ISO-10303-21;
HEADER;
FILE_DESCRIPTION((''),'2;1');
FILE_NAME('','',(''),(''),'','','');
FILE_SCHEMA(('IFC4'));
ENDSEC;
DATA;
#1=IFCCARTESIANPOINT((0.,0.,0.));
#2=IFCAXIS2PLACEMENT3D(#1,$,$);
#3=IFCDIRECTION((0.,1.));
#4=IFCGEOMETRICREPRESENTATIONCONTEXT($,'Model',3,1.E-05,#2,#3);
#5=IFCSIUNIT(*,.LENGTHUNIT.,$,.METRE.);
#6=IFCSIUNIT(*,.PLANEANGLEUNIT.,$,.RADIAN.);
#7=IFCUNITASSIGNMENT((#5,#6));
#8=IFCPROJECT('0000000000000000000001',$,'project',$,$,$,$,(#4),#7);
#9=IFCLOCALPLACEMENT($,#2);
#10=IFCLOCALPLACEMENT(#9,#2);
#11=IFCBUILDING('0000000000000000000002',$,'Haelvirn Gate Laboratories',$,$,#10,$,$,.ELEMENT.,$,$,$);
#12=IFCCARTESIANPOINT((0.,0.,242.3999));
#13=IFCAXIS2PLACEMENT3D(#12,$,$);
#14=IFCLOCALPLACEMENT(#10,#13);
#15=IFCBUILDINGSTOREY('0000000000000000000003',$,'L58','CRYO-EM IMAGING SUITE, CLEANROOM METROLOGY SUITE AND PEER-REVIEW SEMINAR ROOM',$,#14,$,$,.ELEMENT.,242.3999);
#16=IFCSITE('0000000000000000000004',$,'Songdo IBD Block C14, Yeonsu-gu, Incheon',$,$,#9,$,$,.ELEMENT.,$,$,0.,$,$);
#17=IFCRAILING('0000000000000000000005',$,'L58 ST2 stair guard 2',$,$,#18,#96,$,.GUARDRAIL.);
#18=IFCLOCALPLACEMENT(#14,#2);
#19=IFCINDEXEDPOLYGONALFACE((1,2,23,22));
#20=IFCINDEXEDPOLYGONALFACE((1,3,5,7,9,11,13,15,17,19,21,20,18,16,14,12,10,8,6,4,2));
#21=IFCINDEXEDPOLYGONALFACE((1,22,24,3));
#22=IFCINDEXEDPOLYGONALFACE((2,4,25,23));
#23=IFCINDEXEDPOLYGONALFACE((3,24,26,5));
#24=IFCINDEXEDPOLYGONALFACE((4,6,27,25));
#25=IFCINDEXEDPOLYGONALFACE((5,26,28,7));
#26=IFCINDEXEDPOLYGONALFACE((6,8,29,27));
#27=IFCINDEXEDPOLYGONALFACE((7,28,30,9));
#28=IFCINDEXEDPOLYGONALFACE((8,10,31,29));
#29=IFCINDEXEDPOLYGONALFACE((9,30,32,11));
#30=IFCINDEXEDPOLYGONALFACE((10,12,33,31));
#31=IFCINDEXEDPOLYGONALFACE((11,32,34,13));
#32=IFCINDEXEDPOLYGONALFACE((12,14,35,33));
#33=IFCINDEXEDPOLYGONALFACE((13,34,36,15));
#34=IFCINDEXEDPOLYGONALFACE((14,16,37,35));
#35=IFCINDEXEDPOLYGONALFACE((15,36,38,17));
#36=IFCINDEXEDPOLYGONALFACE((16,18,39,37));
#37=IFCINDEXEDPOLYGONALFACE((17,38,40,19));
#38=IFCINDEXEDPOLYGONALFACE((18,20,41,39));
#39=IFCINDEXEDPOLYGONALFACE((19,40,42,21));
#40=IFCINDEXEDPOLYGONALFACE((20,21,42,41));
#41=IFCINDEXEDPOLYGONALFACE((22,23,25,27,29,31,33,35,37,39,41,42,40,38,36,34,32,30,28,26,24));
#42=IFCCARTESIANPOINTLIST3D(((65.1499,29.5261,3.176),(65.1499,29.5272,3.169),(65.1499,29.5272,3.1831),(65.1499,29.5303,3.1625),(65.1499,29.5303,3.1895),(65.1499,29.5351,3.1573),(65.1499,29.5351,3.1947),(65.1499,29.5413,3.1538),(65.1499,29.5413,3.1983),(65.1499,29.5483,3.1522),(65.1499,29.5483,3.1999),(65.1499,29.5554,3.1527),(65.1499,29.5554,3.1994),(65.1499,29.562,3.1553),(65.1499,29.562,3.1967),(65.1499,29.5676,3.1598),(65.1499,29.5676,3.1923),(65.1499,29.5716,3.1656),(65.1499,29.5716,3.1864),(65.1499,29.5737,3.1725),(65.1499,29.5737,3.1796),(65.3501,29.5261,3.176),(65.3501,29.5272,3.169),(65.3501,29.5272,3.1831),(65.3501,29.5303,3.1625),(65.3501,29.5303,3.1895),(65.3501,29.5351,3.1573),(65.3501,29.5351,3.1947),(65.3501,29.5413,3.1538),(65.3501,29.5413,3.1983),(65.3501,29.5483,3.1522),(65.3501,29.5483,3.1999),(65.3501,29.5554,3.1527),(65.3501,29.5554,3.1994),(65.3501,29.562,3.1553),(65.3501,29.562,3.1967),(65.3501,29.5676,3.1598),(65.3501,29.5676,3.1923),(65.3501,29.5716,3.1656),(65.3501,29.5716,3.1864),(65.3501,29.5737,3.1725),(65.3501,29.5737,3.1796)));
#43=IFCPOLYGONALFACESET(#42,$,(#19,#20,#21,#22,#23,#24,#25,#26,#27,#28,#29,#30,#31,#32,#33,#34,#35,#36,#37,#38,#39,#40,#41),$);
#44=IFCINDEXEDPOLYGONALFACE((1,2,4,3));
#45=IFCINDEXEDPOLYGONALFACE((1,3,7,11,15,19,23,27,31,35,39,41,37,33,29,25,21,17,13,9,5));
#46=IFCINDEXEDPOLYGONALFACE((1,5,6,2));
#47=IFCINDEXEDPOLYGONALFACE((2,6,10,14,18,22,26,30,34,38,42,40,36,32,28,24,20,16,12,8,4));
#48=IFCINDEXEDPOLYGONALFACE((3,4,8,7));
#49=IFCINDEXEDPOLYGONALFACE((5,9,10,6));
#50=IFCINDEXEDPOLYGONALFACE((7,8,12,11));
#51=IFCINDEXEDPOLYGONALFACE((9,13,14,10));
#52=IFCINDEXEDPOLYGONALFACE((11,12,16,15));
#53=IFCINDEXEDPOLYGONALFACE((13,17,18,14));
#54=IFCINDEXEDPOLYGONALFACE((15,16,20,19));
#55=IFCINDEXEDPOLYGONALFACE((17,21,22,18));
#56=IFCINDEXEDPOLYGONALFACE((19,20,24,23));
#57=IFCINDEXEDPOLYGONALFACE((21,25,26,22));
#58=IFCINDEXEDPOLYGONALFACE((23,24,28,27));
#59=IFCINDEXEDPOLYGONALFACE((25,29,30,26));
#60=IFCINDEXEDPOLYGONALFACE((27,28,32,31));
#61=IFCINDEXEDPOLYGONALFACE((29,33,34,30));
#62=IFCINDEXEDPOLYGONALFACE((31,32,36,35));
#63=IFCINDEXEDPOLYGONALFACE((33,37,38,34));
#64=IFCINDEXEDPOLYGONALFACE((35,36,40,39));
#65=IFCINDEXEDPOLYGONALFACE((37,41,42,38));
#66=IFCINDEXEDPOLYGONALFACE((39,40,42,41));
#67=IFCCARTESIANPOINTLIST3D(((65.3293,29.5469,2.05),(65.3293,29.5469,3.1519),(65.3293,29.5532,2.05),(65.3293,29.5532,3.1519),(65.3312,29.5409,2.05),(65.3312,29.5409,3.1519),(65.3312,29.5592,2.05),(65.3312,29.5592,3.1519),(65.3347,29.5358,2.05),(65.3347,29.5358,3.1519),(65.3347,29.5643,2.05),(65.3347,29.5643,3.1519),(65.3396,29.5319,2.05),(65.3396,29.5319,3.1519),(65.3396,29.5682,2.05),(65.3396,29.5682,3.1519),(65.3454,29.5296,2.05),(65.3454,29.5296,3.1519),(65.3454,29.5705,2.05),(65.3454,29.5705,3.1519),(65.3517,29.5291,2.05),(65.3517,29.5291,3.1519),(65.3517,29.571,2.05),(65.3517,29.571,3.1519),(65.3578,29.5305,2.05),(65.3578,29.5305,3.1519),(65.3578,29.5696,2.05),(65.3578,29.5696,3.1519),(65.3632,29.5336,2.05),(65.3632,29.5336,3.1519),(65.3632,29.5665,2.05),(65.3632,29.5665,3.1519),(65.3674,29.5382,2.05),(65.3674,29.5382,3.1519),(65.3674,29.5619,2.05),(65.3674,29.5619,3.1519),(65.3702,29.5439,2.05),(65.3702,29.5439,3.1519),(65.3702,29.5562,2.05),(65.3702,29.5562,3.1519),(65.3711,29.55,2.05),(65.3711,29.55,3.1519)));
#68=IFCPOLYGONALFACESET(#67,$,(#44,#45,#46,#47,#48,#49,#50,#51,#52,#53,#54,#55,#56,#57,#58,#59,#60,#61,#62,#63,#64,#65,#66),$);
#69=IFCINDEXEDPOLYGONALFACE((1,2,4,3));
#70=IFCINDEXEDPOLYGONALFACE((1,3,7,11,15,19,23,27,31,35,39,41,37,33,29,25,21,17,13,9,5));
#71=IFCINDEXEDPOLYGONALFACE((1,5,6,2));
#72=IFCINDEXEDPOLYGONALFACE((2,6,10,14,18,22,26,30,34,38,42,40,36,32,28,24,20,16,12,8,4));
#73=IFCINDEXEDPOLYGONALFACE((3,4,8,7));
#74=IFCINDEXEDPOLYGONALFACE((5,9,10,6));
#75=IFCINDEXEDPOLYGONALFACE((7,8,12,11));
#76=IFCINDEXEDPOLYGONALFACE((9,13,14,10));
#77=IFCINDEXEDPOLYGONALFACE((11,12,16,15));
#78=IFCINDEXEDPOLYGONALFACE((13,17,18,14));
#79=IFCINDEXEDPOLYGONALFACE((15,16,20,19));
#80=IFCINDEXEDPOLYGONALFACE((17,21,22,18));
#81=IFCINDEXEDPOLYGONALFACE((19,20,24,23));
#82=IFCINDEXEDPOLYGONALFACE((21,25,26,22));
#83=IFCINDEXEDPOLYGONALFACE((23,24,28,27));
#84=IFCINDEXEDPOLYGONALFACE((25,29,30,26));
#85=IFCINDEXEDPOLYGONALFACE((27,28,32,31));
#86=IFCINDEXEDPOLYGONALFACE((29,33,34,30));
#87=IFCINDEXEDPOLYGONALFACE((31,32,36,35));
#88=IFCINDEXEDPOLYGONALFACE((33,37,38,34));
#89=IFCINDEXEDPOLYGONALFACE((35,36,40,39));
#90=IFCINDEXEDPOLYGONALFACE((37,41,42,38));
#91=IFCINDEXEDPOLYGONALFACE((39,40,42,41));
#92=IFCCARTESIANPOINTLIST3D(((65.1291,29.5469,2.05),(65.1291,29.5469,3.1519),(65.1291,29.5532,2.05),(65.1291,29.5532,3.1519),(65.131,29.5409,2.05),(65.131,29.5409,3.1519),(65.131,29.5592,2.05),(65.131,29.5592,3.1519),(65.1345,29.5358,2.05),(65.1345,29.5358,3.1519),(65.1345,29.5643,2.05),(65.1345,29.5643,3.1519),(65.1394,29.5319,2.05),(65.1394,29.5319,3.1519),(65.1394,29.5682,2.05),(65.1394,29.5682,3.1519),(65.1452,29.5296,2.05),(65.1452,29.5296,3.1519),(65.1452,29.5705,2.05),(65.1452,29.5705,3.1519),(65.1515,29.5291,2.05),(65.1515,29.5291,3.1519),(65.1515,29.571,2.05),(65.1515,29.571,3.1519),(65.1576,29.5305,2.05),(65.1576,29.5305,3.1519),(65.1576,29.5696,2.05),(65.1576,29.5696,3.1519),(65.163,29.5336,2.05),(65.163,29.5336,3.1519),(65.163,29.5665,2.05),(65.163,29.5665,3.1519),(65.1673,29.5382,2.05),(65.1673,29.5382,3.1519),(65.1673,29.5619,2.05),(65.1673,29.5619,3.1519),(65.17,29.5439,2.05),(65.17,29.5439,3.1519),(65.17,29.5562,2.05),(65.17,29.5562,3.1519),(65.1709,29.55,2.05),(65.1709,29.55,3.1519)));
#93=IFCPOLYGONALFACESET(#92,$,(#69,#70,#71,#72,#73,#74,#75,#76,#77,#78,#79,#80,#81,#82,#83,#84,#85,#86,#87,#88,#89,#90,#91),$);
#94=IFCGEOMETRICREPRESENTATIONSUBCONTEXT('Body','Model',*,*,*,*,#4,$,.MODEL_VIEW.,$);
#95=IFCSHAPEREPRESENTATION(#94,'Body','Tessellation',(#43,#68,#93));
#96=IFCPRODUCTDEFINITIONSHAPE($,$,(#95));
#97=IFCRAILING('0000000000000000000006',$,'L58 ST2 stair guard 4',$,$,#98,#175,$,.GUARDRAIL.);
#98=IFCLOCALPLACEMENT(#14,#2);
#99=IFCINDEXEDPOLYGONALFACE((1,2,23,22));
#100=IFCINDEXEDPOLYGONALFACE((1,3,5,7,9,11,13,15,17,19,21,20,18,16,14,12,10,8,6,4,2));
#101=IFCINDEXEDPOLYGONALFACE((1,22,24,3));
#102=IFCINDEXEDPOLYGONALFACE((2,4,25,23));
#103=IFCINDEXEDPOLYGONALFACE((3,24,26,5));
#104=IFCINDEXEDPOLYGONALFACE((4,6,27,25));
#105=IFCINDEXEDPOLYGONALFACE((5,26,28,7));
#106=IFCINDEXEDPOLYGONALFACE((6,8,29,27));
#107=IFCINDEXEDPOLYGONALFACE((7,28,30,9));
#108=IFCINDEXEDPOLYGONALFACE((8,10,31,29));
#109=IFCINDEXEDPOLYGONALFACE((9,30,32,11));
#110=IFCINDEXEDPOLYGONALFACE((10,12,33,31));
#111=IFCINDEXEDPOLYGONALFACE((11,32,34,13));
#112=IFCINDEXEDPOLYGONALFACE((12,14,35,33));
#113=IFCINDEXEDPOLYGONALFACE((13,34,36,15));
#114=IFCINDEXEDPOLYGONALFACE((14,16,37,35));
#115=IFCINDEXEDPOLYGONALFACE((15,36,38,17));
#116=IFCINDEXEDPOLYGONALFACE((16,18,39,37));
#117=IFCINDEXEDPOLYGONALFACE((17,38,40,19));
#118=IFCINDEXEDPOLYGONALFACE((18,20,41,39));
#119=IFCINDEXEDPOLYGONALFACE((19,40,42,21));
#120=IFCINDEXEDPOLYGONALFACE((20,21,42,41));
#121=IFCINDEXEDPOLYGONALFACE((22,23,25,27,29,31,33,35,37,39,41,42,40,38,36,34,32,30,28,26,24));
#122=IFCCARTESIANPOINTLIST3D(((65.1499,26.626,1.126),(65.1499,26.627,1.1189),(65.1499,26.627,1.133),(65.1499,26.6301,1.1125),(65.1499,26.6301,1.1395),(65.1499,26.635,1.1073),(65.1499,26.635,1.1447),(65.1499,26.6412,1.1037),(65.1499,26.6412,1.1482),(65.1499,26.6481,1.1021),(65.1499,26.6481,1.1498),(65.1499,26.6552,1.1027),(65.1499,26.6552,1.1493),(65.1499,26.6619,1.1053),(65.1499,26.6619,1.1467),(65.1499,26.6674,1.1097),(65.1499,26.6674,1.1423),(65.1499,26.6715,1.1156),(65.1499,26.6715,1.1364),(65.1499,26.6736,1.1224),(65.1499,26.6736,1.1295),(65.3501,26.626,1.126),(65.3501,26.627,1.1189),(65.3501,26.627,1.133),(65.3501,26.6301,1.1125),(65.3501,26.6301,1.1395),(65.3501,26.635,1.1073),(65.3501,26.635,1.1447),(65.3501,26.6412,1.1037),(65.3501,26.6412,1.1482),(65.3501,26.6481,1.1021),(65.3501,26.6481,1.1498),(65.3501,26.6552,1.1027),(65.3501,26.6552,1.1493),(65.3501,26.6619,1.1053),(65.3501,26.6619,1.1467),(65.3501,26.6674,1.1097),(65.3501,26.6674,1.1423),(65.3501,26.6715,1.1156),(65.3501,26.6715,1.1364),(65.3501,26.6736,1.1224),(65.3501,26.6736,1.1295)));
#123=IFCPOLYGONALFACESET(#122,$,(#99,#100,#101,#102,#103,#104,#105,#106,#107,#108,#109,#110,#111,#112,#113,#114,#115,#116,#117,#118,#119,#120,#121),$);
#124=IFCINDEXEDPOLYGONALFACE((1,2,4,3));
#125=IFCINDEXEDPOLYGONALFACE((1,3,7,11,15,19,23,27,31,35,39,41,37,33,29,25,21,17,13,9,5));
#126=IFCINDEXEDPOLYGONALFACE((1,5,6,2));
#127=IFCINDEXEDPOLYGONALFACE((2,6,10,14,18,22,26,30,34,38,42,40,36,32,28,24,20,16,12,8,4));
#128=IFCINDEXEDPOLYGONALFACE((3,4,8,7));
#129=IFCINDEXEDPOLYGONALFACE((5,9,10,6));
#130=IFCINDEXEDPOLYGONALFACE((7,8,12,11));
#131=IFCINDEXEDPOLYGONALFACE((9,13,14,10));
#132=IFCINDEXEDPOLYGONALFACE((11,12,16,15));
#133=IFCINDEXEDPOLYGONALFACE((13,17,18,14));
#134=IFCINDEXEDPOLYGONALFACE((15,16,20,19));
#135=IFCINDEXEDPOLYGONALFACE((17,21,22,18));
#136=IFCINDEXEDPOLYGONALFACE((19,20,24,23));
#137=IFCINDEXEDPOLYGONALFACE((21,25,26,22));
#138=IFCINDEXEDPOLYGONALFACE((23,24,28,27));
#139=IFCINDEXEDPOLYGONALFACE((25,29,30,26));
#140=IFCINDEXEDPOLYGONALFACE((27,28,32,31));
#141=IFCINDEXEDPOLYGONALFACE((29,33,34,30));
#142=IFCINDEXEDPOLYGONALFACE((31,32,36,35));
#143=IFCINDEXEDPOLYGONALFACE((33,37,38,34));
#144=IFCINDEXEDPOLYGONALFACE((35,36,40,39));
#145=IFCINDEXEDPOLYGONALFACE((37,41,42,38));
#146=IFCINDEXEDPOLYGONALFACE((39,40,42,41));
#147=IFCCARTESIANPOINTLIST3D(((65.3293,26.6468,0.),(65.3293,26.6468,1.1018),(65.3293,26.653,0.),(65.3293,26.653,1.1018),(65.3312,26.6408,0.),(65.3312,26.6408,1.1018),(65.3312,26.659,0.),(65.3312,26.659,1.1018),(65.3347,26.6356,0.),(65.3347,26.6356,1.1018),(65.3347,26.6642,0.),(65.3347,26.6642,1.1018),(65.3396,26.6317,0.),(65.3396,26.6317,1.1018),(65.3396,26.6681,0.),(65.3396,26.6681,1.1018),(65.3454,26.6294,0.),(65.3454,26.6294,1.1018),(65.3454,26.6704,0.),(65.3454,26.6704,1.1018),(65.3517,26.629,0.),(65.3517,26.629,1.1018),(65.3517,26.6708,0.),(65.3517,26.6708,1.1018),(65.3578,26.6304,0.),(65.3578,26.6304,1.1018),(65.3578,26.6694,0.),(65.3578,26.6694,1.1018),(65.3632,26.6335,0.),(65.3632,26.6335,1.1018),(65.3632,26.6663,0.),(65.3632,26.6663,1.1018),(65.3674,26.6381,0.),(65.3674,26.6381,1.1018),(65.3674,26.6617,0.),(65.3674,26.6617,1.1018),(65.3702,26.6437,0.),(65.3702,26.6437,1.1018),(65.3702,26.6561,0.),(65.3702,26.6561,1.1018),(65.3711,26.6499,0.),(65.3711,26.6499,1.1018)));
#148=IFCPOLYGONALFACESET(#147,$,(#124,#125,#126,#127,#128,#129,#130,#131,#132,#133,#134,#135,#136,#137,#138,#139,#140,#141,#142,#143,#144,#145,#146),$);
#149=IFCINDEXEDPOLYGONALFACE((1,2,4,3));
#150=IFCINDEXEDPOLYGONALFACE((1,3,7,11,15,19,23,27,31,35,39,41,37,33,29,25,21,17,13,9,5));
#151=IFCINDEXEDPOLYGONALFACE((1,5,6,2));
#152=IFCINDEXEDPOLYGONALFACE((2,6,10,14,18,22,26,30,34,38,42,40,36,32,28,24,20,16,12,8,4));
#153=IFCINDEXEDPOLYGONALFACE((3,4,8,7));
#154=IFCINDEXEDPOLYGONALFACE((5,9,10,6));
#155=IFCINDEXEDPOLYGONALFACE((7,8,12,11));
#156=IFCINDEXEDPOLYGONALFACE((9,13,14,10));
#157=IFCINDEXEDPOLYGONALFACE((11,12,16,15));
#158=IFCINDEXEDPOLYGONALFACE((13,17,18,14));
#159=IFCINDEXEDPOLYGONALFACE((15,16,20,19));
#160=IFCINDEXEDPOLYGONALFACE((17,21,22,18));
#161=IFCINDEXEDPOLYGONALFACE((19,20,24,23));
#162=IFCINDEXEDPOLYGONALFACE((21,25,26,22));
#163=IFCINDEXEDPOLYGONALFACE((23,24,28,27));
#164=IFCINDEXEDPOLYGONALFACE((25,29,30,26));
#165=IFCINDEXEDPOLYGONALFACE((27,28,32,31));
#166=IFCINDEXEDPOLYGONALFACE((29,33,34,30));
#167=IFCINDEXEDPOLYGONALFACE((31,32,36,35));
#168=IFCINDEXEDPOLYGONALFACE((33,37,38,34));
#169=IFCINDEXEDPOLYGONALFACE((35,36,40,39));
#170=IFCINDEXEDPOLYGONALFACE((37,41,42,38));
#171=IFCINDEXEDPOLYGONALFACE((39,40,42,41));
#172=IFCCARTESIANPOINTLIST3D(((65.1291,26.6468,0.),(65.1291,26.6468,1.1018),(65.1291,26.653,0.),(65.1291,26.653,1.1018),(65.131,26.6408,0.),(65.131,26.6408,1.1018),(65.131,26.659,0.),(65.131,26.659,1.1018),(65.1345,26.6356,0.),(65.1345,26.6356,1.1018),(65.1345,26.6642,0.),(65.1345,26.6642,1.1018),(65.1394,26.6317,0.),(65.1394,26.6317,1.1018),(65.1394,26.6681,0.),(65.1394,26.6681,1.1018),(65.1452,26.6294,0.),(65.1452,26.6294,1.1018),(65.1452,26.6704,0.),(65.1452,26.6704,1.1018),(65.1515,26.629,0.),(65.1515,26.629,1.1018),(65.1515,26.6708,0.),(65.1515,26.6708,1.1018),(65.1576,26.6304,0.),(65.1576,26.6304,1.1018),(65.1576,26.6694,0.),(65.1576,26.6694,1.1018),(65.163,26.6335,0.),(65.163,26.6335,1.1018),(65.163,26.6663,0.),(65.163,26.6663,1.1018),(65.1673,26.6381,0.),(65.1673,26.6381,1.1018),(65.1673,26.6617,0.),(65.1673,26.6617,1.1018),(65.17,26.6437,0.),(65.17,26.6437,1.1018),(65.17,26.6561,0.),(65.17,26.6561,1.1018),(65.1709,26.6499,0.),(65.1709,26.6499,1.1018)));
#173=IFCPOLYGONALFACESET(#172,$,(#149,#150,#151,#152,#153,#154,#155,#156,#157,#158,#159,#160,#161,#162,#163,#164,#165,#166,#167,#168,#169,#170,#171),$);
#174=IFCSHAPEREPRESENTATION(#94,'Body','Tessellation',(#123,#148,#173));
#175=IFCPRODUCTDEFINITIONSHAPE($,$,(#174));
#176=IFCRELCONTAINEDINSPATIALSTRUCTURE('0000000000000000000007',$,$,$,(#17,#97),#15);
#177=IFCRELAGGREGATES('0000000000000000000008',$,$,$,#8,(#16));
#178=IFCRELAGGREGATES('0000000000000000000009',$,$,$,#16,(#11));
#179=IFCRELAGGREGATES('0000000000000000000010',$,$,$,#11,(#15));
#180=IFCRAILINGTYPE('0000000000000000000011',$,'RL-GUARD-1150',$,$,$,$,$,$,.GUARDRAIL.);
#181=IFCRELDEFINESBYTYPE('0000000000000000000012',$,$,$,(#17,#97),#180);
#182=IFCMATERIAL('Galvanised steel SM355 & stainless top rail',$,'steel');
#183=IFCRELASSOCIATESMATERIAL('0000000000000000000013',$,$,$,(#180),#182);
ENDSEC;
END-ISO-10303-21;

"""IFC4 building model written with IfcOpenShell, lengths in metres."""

from ifc_helpers import new_model, si_unit, direction, frame, origin, origin_2d, place, context, subcontext, project, spatial, circle, extrude, source, transform, mapped, material, type_object, element, save


model = new_model("IFC4")

# Units and contexts
model_context = context("Model", 3, precision=1e-05, world=origin(), true_north=direction((0.0, 1.0)))
body_context = subcontext(model_context, "Body", "Model", "MODEL_VIEW")
ifc_project = project(units=[si_unit("LENGTHUNIT", "METRE"), si_unit("PLANEANGLEUNIT", "RADIAN")], contexts=[model_context])

# Site, building, storey
site_placement = place(None, origin())
site = spatial("IfcSite", under=ifc_project, at=site_placement, Name="Songdo IBD Block C14, Yeonsu-gu, Incheon", CompositionType="ELEMENT", RefElevation=0.0)
building_placement = place(site_placement, origin())
building = spatial("IfcBuilding", under=site, at=building_placement, Name="Haelvirn Gate Laboratories", CompositionType="ELEMENT")
storey_placement = place(building_placement, frame((0.0, 0.0, 242.3999)))
storey = spatial("IfcBuildingStorey", under=building, at=storey_placement, Name="L58", Description="CRYO-EM IMAGING SUITE, CLEANROOM METROLOGY SUITE AND PEER-REVIEW SEMINAR ROOM", CompositionType="ELEMENT", Elevation=242.3999)

# Railings
ifc_material_1 = material(Name="Galvanised steel SM355 & stainless top rail", Category="steel")
railing_type_1 = type_object("IfcRailingType", Name="RL-GUARD-1150", PredefinedType="GUARDRAIL", material=ifc_material_1)
shared_shape_1 = source(origin(), body_context, "Body", "SweptSolid", [
    extrude(circle(Radius=0.0239, at=origin_2d()), frame((0.0, 0.0, 1.126), z_axis=(-1.0, 0.0, 0.0), x_axis=(0.0, -1.0, 0.0)), (0.0, 0.0, 1.0), 0.2002),
    extrude(circle(Radius=0.021, at=origin_2d()), origin(), (0.0, 0.0, 1.0), 1.1018),
    extrude(circle(Radius=0.021, at=origin_2d()), frame((-0.2002, 0.0, 0.0)), (0.0, 0.0, 1.0), 1.1018),
])
for number, where, name in (
    (1, (65.3501, 29.55, 2.05), "L58 ST2 stair guard 2"),
    (2, (65.3501, 26.6499, 0.0), "L58 ST2 stair guard 4"),
):
    element("IfcRailing", number, at=place(storey_placement, frame(where)), inside=storey, type_object=railing_type_1, Name=name, PredefinedType="GUARDRAIL", context=body_context, shape_type="MappedRepresentation", body=[
        mapped(shared_shape_1, transform((0.0, 0.0, 0.0), scale=1.0)),
    ])

save(model, "model.ifc")
